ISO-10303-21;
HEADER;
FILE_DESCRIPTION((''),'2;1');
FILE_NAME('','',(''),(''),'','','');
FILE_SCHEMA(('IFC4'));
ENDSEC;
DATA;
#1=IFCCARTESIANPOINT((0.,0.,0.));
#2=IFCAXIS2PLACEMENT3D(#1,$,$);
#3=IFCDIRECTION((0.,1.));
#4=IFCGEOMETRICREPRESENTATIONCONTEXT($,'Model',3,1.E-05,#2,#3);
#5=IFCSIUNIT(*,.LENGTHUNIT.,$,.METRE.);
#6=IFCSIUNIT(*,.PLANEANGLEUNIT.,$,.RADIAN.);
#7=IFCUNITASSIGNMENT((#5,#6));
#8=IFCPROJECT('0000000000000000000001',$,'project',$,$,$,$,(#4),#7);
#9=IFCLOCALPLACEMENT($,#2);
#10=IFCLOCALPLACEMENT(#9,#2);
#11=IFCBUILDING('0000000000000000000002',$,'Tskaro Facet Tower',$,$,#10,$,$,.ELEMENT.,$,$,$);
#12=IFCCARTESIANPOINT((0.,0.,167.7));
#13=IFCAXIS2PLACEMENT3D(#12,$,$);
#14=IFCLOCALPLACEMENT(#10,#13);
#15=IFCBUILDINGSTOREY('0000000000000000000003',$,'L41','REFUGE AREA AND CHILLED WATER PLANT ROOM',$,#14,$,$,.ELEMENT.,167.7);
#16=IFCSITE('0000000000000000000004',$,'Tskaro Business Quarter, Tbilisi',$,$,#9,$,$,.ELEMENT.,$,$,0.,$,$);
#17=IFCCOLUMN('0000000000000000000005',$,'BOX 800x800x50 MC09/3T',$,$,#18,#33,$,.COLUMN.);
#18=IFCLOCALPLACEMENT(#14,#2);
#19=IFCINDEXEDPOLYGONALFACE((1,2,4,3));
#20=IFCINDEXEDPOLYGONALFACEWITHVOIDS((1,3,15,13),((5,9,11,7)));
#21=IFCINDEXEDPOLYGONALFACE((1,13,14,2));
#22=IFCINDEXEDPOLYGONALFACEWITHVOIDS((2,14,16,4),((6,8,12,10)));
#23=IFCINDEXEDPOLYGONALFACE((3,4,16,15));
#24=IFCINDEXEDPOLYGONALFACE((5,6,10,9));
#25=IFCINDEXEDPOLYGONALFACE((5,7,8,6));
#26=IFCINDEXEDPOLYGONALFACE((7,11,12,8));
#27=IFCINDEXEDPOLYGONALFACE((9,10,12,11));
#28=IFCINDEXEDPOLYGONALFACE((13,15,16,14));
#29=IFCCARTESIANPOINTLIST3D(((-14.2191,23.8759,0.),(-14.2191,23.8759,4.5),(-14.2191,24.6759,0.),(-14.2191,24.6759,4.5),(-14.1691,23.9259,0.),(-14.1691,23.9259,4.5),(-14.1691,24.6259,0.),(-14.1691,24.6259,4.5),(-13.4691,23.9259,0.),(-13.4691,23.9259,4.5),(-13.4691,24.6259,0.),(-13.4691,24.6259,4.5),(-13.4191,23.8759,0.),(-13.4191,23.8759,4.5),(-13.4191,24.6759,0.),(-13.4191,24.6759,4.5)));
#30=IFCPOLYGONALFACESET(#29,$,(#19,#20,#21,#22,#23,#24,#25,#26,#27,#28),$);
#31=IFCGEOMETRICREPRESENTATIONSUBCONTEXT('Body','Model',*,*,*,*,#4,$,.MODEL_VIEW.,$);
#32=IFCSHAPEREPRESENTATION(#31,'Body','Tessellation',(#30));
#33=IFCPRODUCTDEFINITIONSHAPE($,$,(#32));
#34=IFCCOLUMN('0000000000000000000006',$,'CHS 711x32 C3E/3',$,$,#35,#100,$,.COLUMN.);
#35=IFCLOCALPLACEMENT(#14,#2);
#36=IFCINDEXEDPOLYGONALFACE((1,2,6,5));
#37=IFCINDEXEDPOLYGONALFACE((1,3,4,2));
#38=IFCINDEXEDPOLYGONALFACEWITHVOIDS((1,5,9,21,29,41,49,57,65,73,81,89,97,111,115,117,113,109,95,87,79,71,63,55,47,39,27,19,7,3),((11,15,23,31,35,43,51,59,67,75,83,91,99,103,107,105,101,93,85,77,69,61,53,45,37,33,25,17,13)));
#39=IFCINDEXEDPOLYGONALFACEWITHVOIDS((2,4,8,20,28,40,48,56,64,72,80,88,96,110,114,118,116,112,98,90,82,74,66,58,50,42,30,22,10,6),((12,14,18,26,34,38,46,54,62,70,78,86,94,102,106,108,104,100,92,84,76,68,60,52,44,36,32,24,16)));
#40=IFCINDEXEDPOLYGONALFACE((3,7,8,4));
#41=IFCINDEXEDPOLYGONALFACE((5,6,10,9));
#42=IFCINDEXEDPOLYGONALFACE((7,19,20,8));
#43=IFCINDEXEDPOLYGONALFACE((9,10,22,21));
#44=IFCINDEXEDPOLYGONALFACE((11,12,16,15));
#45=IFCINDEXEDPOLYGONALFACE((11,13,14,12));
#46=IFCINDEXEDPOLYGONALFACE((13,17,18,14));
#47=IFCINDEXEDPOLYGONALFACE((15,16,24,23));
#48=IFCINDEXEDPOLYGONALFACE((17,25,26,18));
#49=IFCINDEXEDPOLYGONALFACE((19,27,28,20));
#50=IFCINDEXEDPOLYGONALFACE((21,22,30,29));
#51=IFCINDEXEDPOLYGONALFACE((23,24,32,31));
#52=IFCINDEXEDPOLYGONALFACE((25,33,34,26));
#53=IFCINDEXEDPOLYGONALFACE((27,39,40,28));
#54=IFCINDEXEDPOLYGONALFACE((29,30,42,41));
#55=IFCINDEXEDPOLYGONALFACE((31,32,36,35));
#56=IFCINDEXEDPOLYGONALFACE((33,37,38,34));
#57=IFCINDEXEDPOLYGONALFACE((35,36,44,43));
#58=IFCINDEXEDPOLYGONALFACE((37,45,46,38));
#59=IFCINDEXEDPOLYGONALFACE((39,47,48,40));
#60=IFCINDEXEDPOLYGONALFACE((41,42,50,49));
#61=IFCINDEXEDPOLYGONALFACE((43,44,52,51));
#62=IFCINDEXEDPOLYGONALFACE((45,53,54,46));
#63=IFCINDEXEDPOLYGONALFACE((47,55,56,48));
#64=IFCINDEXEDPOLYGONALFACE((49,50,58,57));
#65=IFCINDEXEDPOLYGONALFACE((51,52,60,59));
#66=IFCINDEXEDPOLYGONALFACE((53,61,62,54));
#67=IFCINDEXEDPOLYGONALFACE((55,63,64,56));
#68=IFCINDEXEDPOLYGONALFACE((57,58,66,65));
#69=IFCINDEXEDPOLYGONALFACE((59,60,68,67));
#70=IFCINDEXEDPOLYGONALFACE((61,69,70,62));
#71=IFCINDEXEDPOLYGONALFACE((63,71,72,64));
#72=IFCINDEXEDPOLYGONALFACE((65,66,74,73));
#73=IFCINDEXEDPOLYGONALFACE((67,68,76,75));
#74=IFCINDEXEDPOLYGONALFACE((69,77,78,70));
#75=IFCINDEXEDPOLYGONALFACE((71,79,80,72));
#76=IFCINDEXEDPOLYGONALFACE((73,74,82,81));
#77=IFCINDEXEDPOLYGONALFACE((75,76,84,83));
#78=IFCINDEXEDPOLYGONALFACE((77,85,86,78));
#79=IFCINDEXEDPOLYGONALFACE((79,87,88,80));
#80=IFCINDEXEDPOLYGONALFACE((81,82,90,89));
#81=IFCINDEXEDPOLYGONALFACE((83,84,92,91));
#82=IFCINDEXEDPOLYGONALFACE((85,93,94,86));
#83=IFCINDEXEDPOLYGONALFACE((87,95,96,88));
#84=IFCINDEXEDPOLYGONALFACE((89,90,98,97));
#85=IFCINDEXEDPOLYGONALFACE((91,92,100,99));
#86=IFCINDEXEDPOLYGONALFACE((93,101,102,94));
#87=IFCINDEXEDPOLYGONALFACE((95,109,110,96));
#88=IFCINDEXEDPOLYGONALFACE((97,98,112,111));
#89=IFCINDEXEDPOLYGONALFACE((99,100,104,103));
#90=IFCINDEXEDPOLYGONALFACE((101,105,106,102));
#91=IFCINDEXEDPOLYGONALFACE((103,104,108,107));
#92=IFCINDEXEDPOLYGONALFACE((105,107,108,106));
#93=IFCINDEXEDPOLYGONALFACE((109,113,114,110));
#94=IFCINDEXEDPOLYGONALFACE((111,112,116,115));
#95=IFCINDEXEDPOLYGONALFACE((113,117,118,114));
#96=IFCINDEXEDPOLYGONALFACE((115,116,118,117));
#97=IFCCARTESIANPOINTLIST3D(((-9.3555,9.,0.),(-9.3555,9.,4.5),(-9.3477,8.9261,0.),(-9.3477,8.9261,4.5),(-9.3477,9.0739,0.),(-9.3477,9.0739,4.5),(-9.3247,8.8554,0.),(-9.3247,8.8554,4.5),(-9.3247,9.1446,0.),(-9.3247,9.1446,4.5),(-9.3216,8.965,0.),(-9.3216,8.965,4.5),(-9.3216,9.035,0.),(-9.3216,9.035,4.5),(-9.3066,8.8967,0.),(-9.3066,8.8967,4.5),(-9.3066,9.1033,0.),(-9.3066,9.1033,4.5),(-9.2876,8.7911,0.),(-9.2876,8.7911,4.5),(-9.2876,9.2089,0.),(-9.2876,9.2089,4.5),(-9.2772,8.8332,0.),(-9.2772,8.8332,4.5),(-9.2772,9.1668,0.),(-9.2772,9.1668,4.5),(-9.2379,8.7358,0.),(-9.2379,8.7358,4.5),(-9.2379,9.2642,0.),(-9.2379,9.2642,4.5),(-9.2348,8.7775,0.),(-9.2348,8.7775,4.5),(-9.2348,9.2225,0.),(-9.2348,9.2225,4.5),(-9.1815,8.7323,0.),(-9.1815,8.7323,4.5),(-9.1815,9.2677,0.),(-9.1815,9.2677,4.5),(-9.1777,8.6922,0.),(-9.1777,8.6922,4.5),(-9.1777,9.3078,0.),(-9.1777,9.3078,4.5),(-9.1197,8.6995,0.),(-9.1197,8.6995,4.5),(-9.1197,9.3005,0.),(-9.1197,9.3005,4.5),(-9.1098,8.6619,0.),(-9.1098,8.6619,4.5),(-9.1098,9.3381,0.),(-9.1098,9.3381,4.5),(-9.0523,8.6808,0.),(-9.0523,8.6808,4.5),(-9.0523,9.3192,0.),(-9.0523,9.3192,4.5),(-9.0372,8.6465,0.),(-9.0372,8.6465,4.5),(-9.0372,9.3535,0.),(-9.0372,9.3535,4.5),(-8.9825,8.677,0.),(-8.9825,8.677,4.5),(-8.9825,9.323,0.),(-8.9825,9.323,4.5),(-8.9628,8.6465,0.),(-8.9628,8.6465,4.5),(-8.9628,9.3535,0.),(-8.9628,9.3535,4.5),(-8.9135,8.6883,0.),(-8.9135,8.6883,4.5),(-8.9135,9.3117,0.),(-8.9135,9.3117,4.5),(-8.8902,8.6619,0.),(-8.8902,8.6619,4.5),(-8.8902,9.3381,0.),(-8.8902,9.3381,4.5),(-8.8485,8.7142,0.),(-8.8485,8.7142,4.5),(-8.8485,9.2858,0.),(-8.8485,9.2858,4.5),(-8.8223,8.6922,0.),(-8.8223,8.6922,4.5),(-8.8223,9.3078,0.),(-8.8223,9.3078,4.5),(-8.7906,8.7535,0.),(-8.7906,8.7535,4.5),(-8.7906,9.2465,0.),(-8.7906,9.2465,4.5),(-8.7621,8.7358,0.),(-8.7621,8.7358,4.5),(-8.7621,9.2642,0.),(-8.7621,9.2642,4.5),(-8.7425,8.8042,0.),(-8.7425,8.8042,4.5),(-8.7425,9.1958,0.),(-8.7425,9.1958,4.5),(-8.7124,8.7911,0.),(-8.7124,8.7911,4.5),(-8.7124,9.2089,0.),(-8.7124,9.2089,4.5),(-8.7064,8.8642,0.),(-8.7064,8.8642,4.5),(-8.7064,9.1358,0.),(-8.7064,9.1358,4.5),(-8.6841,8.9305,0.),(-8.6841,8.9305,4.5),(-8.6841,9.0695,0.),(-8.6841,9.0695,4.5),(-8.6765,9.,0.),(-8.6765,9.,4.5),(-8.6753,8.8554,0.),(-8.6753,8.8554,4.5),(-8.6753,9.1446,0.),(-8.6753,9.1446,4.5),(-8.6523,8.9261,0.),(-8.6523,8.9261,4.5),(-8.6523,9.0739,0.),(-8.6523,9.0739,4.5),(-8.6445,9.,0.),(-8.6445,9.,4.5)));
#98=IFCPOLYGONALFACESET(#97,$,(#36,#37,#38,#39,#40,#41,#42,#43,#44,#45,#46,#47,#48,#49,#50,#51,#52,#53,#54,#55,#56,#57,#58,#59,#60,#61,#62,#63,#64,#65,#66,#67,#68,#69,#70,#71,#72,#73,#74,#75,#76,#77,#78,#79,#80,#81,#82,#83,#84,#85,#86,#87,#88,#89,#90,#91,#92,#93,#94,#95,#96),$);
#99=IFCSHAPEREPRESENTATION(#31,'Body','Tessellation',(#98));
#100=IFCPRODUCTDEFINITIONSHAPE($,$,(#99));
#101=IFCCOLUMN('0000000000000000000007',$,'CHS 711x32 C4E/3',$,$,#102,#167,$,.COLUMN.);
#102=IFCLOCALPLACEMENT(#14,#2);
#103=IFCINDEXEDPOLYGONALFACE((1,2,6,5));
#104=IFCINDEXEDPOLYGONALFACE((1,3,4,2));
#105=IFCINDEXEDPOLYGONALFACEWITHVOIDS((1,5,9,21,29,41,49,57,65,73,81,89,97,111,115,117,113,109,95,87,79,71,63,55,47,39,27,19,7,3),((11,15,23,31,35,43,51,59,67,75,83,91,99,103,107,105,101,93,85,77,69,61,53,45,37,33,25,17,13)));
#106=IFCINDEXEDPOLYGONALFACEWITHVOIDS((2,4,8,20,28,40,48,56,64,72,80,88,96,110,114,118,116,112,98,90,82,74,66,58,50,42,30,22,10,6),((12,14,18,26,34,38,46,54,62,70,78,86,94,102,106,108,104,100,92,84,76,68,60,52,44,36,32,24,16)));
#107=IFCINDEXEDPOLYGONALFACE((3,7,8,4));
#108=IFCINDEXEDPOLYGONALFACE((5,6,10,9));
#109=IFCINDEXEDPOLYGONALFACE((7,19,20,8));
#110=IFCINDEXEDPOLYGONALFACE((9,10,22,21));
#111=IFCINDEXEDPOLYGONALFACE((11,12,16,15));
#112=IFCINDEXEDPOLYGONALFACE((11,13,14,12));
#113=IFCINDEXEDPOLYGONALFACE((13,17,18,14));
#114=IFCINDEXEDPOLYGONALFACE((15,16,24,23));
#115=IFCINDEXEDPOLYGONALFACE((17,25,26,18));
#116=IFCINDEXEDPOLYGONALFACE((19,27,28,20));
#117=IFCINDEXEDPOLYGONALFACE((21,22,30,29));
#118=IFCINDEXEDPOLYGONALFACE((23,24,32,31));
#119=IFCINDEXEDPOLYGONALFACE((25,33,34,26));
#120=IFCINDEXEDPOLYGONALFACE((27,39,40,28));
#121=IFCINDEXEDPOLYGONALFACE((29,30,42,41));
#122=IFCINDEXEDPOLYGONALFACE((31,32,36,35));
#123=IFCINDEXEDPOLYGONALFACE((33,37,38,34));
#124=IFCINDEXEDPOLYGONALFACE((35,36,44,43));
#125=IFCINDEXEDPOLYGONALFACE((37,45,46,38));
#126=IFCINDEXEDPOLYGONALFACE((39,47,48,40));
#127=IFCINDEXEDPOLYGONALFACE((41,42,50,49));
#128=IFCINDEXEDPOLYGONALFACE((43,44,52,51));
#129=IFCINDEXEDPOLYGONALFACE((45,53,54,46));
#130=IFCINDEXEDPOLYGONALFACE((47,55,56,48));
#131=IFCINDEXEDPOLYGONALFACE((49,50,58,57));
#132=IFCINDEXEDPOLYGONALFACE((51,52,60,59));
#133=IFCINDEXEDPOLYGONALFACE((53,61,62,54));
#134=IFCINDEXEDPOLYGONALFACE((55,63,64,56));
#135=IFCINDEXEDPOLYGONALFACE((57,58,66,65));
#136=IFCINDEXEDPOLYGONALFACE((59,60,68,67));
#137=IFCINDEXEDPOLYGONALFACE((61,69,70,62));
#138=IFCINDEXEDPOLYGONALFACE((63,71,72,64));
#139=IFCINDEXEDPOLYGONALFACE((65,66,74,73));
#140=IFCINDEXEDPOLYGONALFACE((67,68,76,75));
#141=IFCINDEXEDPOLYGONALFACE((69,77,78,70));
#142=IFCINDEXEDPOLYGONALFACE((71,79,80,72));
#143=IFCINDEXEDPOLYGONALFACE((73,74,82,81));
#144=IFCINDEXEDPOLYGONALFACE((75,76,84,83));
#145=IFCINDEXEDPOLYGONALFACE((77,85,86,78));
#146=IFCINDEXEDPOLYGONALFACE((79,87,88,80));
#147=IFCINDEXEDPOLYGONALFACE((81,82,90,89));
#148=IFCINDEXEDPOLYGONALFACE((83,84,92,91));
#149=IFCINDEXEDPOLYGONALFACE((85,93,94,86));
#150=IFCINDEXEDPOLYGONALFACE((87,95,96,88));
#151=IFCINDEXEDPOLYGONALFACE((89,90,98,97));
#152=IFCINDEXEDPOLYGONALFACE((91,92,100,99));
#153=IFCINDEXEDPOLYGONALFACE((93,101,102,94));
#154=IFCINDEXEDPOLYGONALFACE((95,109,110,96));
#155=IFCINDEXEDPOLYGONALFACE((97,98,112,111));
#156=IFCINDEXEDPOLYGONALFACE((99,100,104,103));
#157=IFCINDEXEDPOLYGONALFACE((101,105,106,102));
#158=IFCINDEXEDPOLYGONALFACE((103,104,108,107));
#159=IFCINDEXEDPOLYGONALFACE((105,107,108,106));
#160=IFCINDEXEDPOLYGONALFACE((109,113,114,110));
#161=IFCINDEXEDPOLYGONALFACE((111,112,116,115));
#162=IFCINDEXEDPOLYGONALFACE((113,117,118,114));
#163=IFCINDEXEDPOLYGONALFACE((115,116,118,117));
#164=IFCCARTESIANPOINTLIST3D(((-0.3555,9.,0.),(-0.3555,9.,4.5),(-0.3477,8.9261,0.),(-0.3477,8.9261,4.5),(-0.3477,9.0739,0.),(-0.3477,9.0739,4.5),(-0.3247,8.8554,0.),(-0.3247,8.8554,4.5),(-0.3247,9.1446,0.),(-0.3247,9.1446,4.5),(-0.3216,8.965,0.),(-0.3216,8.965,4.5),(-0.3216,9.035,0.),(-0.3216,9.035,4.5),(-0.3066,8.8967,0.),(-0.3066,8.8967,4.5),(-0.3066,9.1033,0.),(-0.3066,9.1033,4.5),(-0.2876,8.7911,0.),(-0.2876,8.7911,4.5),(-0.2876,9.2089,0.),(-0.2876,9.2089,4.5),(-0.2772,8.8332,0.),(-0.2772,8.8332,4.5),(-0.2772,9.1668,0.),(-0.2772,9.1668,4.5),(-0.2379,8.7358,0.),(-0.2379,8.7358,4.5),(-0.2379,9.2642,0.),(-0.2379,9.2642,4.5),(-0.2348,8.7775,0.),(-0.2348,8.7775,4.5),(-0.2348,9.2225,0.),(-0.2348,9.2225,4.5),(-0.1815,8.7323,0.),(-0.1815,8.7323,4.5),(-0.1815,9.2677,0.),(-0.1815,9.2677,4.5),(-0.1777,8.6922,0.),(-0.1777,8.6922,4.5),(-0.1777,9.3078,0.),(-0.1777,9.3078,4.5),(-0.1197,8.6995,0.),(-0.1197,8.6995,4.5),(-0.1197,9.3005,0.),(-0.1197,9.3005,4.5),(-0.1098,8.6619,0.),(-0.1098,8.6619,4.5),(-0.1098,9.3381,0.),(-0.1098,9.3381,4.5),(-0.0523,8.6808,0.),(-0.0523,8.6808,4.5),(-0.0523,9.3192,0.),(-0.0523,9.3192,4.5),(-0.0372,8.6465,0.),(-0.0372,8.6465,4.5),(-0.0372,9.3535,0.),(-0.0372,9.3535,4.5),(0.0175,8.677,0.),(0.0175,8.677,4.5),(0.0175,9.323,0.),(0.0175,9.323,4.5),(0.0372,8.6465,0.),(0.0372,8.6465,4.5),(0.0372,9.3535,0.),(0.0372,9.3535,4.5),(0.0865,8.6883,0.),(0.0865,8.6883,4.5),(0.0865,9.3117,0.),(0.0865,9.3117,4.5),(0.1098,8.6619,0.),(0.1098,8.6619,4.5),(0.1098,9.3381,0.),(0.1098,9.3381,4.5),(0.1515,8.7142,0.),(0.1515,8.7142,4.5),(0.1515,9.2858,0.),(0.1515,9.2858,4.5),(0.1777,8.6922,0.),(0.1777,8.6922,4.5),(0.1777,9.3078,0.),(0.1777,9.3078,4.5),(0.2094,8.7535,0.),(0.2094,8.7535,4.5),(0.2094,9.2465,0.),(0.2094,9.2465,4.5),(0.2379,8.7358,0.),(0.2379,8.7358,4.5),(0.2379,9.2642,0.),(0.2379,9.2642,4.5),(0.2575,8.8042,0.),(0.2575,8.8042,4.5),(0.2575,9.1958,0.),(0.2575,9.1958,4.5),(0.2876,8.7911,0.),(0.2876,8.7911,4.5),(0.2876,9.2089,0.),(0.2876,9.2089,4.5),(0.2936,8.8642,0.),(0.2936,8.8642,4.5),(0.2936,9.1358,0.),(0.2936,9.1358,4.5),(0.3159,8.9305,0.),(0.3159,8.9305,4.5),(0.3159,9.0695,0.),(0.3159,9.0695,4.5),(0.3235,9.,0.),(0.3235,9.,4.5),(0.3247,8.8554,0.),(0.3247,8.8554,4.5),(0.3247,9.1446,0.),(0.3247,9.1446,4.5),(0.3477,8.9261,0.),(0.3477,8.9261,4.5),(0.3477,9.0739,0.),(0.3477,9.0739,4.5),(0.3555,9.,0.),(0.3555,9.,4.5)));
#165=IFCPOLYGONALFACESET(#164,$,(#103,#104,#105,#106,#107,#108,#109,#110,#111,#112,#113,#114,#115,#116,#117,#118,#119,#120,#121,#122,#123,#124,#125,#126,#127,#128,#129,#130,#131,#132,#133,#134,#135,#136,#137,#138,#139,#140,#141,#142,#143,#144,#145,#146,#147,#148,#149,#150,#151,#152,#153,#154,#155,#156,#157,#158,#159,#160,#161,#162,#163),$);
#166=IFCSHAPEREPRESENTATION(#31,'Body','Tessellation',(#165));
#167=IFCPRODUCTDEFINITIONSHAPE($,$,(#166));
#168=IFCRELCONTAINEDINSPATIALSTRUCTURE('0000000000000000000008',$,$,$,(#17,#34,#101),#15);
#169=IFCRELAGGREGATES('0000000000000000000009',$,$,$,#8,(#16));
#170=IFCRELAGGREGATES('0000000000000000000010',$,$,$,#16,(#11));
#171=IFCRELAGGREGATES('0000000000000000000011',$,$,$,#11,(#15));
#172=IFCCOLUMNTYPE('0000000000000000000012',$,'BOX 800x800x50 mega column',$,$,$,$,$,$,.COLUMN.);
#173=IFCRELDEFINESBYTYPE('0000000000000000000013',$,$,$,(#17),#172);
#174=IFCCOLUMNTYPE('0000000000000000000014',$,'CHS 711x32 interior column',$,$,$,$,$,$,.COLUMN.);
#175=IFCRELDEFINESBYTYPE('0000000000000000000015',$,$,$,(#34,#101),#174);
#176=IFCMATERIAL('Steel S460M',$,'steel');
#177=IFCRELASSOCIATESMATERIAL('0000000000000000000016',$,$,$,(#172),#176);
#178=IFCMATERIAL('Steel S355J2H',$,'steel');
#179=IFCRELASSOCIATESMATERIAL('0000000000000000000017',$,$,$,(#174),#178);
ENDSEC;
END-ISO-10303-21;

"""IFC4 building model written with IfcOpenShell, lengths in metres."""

from ifc_helpers import new_model, si_unit, direction, frame, origin, origin_2d, place, context, subcontext, project, spatial, hollow_rectangle, hollow_circle, extrude, material, material_profile, profile_set, type_object, element, save


model = new_model("IFC4")

# Units and contexts
model_context = context("Model", 3, precision=1e-05, world=origin(), true_north=direction((0.0, 1.0)))
body_context = subcontext(model_context, "Body", "Model", "MODEL_VIEW")
ifc_project = project(units=[si_unit("LENGTHUNIT", "METRE"), si_unit("PLANEANGLEUNIT", "RADIAN")], contexts=[model_context])

# Site, building, storey
site_placement = place(None, origin())
site = spatial("IfcSite", under=ifc_project, at=site_placement, Name="Tskaro Business Quarter, Tbilisi", CompositionType="ELEMENT", RefElevation=0.0)
building_placement = place(site_placement, origin())
building = spatial("IfcBuilding", under=site, at=building_placement, Name="Tskaro Facet Tower", CompositionType="ELEMENT")
storey_placement = place(building_placement, frame((0.0, 0.0, 167.7)))
storey = spatial("IfcBuildingStorey", under=building, at=storey_placement, Name="L41", Description="REFUGE AREA AND CHILLED WATER PLANT ROOM", CompositionType="ELEMENT", Elevation=167.7)

# Columns
ifc_material_1 = material(Name="Steel S460M", Category="steel")
ifc_material_profile_1 = material_profile(ifc_material_1, hollow_rectangle(XDim=0.8, YDim=0.8, WallThickness=0.05, at=origin_2d()), Name="BOX 800x800x50")
ifc_profile_set_1 = profile_set([ifc_material_profile_1], Name="Steel S460M")
column_type_1 = type_object("IfcColumnType", Name="BOX 800x800x50 mega column", PredefinedType="COLUMN", material=ifc_profile_set_1)
column_placement = place(storey_placement, frame((-13.8191, 24.2759, 0.0), z_axis=(0.0, 0.0, 1.0), x_axis=(1.0, 0.0, 0.0)))
element("IfcColumn", 1, at=column_placement, inside=storey, type_object=column_type_1, Name="BOX 800x800x50 MC09/3T", PredefinedType="COLUMN", context=body_context, shape_type="SweptSolid", body=[
    extrude(hollow_rectangle(XDim=0.8, YDim=0.8, WallThickness=0.05, at=origin_2d()), origin(), (0.0, 0.0, 1.0), 4.5),
])
ifc_material_2 = material(Name="Steel S355J2H", Category="steel")
ifc_material_profile_2 = material_profile(ifc_material_2, hollow_circle(Radius=0.3555, WallThickness=0.032, at=origin_2d()), Name="CHS 711x32")
ifc_profile_set_2 = profile_set([ifc_material_profile_2], Name="Steel S355J2H")
column_type_2 = type_object("IfcColumnType", Name="CHS 711x32 interior column", PredefinedType="COLUMN", material=ifc_profile_set_2)
for number, where, z_axis, x_axis, name in (
    (2, (-9.0, 9.0, 0.0), (0.0, 0.0, 1.0), (1.0, 0.0, 0.0), "CHS 711x32 C3E/3"),
    (3, (0.0, 9.0, 0.0), (0.0, 0.0, 1.0), (1.0, 0.0, 0.0), "CHS 711x32 C4E/3"),
):
    element("IfcColumn", number, at=place(storey_placement, frame(where, z_axis=z_axis, x_axis=x_axis)), inside=storey, type_object=column_type_2, Name=name, PredefinedType="COLUMN", context=body_context, shape_type="SweptSolid", body=[
        extrude(hollow_circle(Radius=0.3555, WallThickness=0.032, at=origin_2d()), origin(), (0.0, 0.0, 1.0), 4.5),
    ])

save(model, "model.ifc")
